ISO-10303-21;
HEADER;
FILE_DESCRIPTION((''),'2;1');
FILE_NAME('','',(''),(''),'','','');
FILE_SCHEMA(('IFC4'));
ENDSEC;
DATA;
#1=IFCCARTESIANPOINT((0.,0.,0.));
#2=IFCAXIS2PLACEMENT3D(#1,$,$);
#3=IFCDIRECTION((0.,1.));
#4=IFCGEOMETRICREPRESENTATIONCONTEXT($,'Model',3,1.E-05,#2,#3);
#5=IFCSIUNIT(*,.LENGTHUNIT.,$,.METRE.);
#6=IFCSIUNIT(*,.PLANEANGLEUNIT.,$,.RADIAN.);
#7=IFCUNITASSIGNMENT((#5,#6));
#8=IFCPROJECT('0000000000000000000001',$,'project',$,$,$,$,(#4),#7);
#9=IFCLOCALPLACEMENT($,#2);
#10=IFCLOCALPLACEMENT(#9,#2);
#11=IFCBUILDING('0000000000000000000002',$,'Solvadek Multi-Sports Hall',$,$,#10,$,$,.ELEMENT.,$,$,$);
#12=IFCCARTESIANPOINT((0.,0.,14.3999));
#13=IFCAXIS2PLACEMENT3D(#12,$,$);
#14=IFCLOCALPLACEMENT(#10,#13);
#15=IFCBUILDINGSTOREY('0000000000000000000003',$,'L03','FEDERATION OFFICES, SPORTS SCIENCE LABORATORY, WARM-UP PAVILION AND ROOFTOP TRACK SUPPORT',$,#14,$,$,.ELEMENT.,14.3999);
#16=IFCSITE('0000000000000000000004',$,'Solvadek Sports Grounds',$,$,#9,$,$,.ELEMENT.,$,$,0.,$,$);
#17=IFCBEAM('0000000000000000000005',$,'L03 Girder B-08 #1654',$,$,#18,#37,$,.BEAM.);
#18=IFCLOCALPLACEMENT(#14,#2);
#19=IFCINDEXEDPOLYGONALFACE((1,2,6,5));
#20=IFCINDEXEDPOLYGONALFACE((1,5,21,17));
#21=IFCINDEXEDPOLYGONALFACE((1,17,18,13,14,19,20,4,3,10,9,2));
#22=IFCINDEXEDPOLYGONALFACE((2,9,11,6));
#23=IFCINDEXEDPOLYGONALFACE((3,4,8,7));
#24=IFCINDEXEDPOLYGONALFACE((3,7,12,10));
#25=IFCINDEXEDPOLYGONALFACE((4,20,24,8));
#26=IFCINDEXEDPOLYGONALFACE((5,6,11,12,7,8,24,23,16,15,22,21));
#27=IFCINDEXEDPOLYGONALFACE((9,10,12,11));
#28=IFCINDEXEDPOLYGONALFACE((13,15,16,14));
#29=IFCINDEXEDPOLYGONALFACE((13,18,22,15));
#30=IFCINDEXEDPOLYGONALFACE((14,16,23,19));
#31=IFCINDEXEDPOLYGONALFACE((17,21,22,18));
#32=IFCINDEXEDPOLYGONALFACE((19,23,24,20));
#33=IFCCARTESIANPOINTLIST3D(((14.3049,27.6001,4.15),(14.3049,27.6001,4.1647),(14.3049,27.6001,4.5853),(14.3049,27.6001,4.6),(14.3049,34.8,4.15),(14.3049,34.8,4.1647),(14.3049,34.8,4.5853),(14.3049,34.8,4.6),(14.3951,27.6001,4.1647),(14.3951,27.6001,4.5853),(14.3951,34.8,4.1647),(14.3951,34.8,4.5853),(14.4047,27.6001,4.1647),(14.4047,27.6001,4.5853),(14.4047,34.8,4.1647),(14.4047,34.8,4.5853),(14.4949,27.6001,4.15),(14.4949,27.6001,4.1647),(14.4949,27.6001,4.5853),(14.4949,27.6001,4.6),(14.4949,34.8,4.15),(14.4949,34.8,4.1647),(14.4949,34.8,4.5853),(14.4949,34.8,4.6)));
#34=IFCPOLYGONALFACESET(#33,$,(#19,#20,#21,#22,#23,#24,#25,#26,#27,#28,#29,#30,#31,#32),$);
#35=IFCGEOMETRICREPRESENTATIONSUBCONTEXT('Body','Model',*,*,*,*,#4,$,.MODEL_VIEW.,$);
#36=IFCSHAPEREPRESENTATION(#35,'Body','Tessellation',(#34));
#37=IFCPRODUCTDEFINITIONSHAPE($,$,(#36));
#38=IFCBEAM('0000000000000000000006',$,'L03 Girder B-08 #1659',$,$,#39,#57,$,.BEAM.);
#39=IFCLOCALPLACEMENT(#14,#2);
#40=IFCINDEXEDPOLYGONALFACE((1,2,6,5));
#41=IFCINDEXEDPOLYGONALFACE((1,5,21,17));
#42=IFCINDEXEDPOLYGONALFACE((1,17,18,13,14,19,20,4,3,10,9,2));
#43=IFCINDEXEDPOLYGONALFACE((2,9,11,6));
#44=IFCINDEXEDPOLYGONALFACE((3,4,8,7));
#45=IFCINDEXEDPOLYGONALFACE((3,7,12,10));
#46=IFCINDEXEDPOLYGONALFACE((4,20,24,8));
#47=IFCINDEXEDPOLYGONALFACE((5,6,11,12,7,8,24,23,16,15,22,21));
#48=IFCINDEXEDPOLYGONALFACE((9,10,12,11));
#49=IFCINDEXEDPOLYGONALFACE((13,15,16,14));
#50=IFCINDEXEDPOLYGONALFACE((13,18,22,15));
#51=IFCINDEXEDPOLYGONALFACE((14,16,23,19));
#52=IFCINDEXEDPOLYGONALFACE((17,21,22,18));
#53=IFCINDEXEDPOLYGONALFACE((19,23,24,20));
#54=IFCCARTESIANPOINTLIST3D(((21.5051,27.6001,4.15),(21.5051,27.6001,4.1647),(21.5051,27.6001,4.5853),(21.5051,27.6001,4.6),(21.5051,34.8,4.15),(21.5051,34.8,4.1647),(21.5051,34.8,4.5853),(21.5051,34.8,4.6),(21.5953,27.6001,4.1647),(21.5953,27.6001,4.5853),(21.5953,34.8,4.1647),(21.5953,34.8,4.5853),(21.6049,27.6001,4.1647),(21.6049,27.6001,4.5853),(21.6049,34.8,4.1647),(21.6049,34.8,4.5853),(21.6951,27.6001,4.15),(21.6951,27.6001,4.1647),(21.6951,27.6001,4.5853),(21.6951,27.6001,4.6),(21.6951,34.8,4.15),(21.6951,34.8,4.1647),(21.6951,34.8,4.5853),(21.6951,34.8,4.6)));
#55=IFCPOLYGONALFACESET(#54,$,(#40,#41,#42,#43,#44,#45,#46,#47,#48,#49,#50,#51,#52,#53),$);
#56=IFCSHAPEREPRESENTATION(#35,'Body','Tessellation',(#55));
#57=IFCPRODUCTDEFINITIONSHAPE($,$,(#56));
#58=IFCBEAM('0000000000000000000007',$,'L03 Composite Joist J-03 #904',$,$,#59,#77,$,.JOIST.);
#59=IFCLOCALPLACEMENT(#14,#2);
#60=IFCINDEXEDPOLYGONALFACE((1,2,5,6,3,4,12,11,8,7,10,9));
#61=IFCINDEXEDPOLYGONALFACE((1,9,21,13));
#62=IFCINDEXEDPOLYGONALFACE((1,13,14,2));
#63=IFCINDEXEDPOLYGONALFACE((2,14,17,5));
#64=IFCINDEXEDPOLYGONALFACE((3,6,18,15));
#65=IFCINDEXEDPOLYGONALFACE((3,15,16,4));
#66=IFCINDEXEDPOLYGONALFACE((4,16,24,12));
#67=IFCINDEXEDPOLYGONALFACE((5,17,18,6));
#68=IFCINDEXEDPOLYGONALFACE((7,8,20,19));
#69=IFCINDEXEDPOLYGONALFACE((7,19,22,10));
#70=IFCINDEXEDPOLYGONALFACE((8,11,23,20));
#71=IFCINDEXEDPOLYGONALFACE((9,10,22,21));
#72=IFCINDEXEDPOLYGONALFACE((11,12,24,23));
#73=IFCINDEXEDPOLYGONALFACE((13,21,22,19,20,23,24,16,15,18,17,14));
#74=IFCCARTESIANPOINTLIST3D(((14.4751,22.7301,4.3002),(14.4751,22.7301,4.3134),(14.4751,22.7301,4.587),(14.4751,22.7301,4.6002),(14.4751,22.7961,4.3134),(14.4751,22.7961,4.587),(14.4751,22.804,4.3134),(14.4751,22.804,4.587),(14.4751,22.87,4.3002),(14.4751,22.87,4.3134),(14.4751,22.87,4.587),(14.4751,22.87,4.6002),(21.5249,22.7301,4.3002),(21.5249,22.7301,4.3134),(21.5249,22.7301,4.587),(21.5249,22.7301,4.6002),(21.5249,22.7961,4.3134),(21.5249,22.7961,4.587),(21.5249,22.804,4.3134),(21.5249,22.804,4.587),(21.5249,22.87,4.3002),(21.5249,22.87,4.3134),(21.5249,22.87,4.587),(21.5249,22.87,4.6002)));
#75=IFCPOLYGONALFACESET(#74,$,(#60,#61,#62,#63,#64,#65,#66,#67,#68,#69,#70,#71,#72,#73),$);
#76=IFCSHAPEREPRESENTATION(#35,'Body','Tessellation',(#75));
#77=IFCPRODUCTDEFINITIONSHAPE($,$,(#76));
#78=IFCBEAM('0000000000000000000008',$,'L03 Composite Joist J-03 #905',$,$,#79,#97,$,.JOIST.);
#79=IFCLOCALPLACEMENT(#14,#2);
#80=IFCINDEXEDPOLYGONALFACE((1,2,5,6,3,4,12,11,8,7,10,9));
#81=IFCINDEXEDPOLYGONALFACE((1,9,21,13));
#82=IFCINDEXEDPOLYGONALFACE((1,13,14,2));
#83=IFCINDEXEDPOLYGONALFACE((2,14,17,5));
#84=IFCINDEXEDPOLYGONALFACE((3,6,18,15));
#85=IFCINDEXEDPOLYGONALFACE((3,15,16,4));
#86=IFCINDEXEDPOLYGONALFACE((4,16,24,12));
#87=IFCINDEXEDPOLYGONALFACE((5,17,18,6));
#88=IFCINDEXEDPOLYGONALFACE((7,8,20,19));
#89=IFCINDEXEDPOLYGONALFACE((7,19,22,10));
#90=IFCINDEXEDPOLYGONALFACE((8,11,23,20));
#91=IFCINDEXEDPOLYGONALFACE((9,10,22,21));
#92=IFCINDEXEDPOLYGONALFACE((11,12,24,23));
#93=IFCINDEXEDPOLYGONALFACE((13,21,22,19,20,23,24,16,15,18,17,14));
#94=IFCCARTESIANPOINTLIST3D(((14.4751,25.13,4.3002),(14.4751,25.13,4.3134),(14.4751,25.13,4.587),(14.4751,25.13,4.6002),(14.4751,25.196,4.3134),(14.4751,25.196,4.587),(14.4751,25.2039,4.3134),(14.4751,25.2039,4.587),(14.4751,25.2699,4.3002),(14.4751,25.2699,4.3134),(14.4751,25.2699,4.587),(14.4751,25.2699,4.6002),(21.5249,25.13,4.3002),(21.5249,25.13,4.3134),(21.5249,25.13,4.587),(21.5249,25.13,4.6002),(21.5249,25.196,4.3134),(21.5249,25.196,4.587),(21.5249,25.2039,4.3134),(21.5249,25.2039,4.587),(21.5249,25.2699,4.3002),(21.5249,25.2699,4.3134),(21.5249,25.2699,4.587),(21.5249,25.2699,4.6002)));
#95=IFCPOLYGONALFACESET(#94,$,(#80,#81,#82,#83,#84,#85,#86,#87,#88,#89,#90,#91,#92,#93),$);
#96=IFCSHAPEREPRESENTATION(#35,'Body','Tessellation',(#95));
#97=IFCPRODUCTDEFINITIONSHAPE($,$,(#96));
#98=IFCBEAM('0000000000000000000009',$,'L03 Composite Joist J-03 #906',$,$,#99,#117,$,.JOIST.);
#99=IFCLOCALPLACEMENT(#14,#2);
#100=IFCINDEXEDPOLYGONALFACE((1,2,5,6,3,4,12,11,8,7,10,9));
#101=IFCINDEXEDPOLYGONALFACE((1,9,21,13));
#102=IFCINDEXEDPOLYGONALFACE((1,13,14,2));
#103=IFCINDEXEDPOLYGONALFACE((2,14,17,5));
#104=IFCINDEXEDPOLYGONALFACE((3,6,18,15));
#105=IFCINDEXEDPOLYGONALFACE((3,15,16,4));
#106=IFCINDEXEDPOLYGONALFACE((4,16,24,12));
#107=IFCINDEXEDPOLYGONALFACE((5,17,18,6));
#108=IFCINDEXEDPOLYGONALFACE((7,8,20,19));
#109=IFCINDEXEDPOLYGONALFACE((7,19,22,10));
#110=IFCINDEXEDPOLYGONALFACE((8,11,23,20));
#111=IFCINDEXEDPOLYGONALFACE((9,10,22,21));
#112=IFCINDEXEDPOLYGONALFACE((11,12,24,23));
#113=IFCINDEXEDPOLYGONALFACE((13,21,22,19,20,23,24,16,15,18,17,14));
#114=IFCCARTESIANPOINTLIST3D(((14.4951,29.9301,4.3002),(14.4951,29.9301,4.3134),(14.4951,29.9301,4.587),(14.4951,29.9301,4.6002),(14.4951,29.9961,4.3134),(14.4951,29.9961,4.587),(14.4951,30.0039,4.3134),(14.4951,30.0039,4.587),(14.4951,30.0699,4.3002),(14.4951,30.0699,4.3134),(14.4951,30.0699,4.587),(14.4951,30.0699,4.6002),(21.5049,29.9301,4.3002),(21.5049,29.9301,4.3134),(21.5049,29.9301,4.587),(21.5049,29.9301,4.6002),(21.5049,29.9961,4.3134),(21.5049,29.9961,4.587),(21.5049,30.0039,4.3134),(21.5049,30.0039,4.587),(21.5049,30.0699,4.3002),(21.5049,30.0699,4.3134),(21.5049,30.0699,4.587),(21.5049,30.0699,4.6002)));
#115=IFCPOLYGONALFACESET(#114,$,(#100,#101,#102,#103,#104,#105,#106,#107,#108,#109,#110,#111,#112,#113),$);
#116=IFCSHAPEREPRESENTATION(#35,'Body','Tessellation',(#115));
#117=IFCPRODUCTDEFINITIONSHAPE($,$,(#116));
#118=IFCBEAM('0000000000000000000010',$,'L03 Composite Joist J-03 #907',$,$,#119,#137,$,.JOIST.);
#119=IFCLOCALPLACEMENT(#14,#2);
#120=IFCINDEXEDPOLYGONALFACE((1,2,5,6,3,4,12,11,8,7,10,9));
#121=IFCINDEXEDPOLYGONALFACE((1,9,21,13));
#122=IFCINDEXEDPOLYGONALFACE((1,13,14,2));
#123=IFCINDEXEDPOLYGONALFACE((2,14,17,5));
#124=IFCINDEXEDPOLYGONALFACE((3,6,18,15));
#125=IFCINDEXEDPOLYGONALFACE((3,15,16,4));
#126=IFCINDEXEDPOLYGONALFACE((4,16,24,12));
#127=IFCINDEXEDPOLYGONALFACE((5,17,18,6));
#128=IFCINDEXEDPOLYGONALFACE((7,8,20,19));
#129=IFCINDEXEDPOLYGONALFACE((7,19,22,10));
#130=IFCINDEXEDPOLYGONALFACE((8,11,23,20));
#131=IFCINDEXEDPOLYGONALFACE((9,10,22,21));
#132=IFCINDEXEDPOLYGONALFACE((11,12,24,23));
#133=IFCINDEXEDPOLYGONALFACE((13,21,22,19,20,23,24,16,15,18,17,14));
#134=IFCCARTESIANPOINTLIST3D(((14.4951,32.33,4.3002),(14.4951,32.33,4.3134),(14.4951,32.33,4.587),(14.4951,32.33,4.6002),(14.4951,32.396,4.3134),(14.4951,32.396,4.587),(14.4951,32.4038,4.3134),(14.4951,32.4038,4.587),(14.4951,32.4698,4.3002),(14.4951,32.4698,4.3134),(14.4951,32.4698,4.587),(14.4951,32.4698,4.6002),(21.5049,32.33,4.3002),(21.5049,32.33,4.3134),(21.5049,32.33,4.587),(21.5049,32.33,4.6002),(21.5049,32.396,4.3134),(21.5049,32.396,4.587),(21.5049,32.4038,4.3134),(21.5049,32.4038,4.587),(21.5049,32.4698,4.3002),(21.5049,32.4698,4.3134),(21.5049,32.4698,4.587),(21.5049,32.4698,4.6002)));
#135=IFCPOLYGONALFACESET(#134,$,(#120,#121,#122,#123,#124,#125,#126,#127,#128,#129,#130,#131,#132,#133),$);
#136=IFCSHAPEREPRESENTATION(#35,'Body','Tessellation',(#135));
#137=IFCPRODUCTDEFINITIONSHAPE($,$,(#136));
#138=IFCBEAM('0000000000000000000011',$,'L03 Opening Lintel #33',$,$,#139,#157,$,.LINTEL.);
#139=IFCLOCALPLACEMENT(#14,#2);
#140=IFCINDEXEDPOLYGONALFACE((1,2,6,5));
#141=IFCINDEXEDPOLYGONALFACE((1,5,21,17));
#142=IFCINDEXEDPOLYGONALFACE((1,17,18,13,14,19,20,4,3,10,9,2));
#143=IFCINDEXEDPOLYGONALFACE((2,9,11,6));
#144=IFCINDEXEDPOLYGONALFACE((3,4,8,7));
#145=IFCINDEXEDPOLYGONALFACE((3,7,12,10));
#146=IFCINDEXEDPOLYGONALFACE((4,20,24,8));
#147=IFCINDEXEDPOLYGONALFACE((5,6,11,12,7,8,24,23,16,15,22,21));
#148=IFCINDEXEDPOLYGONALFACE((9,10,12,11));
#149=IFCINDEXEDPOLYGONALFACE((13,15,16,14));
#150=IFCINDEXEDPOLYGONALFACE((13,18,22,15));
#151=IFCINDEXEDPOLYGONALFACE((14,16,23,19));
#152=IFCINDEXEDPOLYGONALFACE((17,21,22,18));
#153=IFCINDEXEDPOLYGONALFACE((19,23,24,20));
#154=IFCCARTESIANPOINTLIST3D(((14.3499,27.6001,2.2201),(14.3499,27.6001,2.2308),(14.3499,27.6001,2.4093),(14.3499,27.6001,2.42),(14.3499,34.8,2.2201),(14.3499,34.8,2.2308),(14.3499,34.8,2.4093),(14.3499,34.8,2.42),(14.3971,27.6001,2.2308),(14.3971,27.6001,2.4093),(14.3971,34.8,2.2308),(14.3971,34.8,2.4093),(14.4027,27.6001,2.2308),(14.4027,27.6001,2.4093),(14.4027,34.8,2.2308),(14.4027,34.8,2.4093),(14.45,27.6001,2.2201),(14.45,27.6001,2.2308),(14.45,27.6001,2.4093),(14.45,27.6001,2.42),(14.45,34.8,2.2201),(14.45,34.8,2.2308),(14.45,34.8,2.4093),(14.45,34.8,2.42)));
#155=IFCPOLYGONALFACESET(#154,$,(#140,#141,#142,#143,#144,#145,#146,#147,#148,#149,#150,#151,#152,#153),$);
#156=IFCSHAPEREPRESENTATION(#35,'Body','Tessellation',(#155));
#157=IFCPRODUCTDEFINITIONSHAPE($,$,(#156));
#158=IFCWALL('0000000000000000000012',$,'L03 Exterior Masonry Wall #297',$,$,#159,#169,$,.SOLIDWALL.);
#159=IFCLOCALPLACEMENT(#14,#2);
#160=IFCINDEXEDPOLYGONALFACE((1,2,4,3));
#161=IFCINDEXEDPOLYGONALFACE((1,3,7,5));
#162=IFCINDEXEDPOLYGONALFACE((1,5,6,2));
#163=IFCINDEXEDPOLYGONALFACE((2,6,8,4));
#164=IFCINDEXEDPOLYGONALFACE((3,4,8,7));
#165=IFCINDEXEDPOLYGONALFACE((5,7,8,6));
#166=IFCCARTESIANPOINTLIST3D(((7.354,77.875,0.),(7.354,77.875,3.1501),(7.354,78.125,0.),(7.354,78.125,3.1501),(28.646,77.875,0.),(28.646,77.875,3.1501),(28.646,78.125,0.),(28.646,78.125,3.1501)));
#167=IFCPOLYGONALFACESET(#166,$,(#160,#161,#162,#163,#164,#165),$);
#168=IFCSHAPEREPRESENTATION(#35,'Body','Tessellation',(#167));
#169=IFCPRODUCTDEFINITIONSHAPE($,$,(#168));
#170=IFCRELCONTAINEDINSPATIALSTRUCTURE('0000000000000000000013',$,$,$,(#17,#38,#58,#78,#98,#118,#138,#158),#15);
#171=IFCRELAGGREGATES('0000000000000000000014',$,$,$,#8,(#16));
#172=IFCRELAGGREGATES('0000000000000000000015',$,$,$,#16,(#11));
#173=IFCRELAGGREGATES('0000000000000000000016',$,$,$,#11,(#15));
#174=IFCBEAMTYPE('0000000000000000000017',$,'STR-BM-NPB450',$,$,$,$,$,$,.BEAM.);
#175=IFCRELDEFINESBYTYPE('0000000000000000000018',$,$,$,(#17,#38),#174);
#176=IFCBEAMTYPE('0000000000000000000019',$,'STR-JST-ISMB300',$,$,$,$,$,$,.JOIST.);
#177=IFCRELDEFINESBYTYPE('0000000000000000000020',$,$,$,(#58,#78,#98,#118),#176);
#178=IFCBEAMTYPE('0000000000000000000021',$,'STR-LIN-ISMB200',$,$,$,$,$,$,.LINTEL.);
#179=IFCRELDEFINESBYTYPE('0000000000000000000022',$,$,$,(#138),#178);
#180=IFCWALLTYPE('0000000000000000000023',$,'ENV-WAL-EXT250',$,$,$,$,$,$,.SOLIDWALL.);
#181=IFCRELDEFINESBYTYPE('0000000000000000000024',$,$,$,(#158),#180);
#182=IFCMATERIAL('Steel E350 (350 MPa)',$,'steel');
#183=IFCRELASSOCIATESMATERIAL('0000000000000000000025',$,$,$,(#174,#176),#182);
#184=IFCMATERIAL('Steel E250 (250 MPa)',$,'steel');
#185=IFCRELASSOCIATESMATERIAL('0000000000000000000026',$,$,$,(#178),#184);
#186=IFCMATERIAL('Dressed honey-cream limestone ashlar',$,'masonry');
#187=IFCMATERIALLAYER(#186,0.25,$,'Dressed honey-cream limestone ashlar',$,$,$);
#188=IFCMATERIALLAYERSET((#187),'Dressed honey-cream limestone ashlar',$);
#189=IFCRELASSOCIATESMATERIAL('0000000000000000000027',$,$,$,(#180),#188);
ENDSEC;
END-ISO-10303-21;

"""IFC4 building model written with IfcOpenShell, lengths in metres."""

from ifc_helpers import new_model, si_unit, direction, frame, frame_2d, origin, origin_2d, place, context, subcontext, project, spatial, rectangle, i_section, extrude, material, layer, layer_set, material_profile, profile_set, type_object, element, save


model = new_model("IFC4")

# Units and contexts
model_context = context("Model", 3, precision=1e-05, world=origin(), true_north=direction((0.0, 1.0)))
body_context = subcontext(model_context, "Body", "Model", "MODEL_VIEW")
ifc_project = project(units=[si_unit("LENGTHUNIT", "METRE"), si_unit("PLANEANGLEUNIT", "RADIAN")], contexts=[model_context])

# Site, building, storey
site_placement = place(None, origin())
site = spatial("IfcSite", under=ifc_project, at=site_placement, Name="Solvadek Sports Grounds", CompositionType="ELEMENT", RefElevation=0.0)
building_placement = place(site_placement, origin())
building = spatial("IfcBuilding", under=site, at=building_placement, Name="Solvadek Multi-Sports Hall", CompositionType="ELEMENT")
storey_placement = place(building_placement, frame((0.0, 0.0, 14.3999)))
storey = spatial("IfcBuildingStorey", under=building, at=storey_placement, Name="L03", Description="FEDERATION OFFICES, SPORTS SCIENCE LABORATORY, WARM-UP PAVILION AND ROOFTOP TRACK SUPPORT", CompositionType="ELEMENT", Elevation=14.3999)

# Shared definitions
ifc_material_1 = material(Name="Steel E350 (350 MPa)", Category="steel")

# Beams
ifc_material_profile_1 = material_profile(ifc_material_1, i_section(OverallWidth=0.1899, OverallDepth=0.45, WebThickness=0.0095, FlangeThickness=0.0146, at=origin_2d()), Name="NPB 450")
ifc_profile_set_1 = profile_set([ifc_material_profile_1], Name="Steel E350 (350 MPa)")
beam_type_1 = type_object("IfcBeamType", Name="STR-BM-NPB450", PredefinedType="BEAM", material=ifc_profile_set_1)
for number, where, z_axis, x_axis, name in (
    (1, (14.3999, 27.6001, 4.375), (0.0, 1.0, 0.0), (-1.0, 0.0, 0.0), "L03 Girder B-08 #1654"),
    (2, (21.6001, 27.6001, 4.375), (0.0, 1.0, 0.0), (-1.0, 0.0, 0.0), "L03 Girder B-08 #1659"),
):
    element("IfcBeam", number, at=place(storey_placement, frame(where, z_axis=z_axis, x_axis=x_axis)), inside=storey, type_object=beam_type_1, Name=name, PredefinedType="BEAM", context=body_context, shape_type="SweptSolid", body=[
        extrude(i_section(OverallWidth=0.1899, OverallDepth=0.45, WebThickness=0.0095, FlangeThickness=0.0146, at=origin_2d()), origin(), (0.0, 0.0, 1.0), 7.2),
    ])
ifc_material_profile_2 = material_profile(ifc_material_1, i_section(OverallWidth=0.1399, OverallDepth=0.3, WebThickness=0.0078, FlangeThickness=0.0132, at=origin_2d()), Name="ISMB 300")
ifc_profile_set_2 = profile_set([ifc_material_profile_2], Name="Steel E350 (350 MPa)")
beam_type_2 = type_object("IfcBeamType", Name="STR-JST-ISMB300", PredefinedType="JOIST", material=ifc_profile_set_2)
for number, where, z_axis, x_axis, name in (
    (3, (14.4751, 22.8, 4.4502), (1.0, 0.0, 0.0), (0.0, 1.0, 0.0), "L03 Composite Joist J-03 #904"),
    (4, (14.4751, 25.2, 4.4502), (1.0, 0.0, 0.0), (0.0, 1.0, 0.0), "L03 Composite Joist J-03 #905"),
):
    element("IfcBeam", number, at=place(storey_placement, frame(where, z_axis=z_axis, x_axis=x_axis)), inside=storey, type_object=beam_type_2, Name=name, PredefinedType="JOIST", context=body_context, shape_type="SweptSolid", body=[
        extrude(i_section(OverallWidth=0.1399, OverallDepth=0.3, WebThickness=0.0078, FlangeThickness=0.0132, at=origin_2d()), origin(), (0.0, 0.0, 1.0), 7.0498),
    ])
for number, where, z_axis, x_axis, name in (
    (5, (14.4951, 30.0, 4.4502), (1.0, 0.0, 0.0), (0.0, 1.0, 0.0), "L03 Composite Joist J-03 #906"),
    (6, (14.4951, 32.3999, 4.4502), (1.0, 0.0, 0.0), (0.0, 1.0, 0.0), "L03 Composite Joist J-03 #907"),
):
    element("IfcBeam", number, at=place(storey_placement, frame(where, z_axis=z_axis, x_axis=x_axis)), inside=storey, type_object=beam_type_2, Name=name, PredefinedType="JOIST", context=body_context, shape_type="SweptSolid", body=[
        extrude(i_section(OverallWidth=0.1399, OverallDepth=0.3, WebThickness=0.0078, FlangeThickness=0.0132, at=origin_2d()), origin(), (0.0, 0.0, 1.0), 7.0098),
    ])
ifc_material_2 = material(Name="Steel E250 (250 MPa)", Category="steel")
ifc_material_profile_3 = material_profile(ifc_material_2, i_section(OverallWidth=0.1001, OverallDepth=0.2, WebThickness=0.0056, FlangeThickness=0.0107, at=origin_2d()), Name="ISMB 200")
ifc_profile_set_3 = profile_set([ifc_material_profile_3], Name="Steel E250 (250 MPa)")
beam_type_3 = type_object("IfcBeamType", Name="STR-LIN-ISMB200", PredefinedType="LINTEL", material=ifc_profile_set_3)
beam_1_placement = place(storey_placement, frame((14.3999, 27.6001, 2.3201), z_axis=(0.0, 1.0, 0.0), x_axis=(-1.0, 0.0, 0.0)))
element("IfcBeam", 7, at=beam_1_placement, inside=storey, type_object=beam_type_3, Name="L03 Opening Lintel #33", PredefinedType="LINTEL", context=body_context, shape_type="SweptSolid", body=[
    extrude(i_section(OverallWidth=0.1001, OverallDepth=0.2, WebThickness=0.0056, FlangeThickness=0.0107, at=origin_2d()), origin(), (0.0, 0.0, 1.0), 7.2),
])

# Wall
ifc_material_3 = material(Name="Dressed honey-cream limestone ashlar", Category="masonry")
ifc_layer_1 = layer(ifc_material_3, 0.25, Name="Dressed honey-cream limestone ashlar")
ifc_layer_set_1 = layer_set([ifc_layer_1], Name="Dressed honey-cream limestone ashlar")
wall_type_1 = type_object("IfcWallType", Name="ENV-WAL-EXT250", PredefinedType="SOLIDWALL", material=ifc_layer_set_1)
wall_1_placement = place(storey_placement, frame((7.354, 78.0, 0.0), z_axis=(0.0, 0.0, 1.0), x_axis=(1.0, 0.0, 0.0)))
element("IfcWall", 8, at=wall_1_placement, inside=storey, type_object=wall_type_1, Name="L03 Exterior Masonry Wall #297", PredefinedType="SOLIDWALL", context=body_context, shape_type="SweptSolid", body=[
    extrude(rectangle(XDim=21.292, YDim=0.25, at=frame_2d((10.646, 0.0))), origin(), (0.0, 0.0, 1.0), 3.1501),
])

save(model, "model.ifc")
